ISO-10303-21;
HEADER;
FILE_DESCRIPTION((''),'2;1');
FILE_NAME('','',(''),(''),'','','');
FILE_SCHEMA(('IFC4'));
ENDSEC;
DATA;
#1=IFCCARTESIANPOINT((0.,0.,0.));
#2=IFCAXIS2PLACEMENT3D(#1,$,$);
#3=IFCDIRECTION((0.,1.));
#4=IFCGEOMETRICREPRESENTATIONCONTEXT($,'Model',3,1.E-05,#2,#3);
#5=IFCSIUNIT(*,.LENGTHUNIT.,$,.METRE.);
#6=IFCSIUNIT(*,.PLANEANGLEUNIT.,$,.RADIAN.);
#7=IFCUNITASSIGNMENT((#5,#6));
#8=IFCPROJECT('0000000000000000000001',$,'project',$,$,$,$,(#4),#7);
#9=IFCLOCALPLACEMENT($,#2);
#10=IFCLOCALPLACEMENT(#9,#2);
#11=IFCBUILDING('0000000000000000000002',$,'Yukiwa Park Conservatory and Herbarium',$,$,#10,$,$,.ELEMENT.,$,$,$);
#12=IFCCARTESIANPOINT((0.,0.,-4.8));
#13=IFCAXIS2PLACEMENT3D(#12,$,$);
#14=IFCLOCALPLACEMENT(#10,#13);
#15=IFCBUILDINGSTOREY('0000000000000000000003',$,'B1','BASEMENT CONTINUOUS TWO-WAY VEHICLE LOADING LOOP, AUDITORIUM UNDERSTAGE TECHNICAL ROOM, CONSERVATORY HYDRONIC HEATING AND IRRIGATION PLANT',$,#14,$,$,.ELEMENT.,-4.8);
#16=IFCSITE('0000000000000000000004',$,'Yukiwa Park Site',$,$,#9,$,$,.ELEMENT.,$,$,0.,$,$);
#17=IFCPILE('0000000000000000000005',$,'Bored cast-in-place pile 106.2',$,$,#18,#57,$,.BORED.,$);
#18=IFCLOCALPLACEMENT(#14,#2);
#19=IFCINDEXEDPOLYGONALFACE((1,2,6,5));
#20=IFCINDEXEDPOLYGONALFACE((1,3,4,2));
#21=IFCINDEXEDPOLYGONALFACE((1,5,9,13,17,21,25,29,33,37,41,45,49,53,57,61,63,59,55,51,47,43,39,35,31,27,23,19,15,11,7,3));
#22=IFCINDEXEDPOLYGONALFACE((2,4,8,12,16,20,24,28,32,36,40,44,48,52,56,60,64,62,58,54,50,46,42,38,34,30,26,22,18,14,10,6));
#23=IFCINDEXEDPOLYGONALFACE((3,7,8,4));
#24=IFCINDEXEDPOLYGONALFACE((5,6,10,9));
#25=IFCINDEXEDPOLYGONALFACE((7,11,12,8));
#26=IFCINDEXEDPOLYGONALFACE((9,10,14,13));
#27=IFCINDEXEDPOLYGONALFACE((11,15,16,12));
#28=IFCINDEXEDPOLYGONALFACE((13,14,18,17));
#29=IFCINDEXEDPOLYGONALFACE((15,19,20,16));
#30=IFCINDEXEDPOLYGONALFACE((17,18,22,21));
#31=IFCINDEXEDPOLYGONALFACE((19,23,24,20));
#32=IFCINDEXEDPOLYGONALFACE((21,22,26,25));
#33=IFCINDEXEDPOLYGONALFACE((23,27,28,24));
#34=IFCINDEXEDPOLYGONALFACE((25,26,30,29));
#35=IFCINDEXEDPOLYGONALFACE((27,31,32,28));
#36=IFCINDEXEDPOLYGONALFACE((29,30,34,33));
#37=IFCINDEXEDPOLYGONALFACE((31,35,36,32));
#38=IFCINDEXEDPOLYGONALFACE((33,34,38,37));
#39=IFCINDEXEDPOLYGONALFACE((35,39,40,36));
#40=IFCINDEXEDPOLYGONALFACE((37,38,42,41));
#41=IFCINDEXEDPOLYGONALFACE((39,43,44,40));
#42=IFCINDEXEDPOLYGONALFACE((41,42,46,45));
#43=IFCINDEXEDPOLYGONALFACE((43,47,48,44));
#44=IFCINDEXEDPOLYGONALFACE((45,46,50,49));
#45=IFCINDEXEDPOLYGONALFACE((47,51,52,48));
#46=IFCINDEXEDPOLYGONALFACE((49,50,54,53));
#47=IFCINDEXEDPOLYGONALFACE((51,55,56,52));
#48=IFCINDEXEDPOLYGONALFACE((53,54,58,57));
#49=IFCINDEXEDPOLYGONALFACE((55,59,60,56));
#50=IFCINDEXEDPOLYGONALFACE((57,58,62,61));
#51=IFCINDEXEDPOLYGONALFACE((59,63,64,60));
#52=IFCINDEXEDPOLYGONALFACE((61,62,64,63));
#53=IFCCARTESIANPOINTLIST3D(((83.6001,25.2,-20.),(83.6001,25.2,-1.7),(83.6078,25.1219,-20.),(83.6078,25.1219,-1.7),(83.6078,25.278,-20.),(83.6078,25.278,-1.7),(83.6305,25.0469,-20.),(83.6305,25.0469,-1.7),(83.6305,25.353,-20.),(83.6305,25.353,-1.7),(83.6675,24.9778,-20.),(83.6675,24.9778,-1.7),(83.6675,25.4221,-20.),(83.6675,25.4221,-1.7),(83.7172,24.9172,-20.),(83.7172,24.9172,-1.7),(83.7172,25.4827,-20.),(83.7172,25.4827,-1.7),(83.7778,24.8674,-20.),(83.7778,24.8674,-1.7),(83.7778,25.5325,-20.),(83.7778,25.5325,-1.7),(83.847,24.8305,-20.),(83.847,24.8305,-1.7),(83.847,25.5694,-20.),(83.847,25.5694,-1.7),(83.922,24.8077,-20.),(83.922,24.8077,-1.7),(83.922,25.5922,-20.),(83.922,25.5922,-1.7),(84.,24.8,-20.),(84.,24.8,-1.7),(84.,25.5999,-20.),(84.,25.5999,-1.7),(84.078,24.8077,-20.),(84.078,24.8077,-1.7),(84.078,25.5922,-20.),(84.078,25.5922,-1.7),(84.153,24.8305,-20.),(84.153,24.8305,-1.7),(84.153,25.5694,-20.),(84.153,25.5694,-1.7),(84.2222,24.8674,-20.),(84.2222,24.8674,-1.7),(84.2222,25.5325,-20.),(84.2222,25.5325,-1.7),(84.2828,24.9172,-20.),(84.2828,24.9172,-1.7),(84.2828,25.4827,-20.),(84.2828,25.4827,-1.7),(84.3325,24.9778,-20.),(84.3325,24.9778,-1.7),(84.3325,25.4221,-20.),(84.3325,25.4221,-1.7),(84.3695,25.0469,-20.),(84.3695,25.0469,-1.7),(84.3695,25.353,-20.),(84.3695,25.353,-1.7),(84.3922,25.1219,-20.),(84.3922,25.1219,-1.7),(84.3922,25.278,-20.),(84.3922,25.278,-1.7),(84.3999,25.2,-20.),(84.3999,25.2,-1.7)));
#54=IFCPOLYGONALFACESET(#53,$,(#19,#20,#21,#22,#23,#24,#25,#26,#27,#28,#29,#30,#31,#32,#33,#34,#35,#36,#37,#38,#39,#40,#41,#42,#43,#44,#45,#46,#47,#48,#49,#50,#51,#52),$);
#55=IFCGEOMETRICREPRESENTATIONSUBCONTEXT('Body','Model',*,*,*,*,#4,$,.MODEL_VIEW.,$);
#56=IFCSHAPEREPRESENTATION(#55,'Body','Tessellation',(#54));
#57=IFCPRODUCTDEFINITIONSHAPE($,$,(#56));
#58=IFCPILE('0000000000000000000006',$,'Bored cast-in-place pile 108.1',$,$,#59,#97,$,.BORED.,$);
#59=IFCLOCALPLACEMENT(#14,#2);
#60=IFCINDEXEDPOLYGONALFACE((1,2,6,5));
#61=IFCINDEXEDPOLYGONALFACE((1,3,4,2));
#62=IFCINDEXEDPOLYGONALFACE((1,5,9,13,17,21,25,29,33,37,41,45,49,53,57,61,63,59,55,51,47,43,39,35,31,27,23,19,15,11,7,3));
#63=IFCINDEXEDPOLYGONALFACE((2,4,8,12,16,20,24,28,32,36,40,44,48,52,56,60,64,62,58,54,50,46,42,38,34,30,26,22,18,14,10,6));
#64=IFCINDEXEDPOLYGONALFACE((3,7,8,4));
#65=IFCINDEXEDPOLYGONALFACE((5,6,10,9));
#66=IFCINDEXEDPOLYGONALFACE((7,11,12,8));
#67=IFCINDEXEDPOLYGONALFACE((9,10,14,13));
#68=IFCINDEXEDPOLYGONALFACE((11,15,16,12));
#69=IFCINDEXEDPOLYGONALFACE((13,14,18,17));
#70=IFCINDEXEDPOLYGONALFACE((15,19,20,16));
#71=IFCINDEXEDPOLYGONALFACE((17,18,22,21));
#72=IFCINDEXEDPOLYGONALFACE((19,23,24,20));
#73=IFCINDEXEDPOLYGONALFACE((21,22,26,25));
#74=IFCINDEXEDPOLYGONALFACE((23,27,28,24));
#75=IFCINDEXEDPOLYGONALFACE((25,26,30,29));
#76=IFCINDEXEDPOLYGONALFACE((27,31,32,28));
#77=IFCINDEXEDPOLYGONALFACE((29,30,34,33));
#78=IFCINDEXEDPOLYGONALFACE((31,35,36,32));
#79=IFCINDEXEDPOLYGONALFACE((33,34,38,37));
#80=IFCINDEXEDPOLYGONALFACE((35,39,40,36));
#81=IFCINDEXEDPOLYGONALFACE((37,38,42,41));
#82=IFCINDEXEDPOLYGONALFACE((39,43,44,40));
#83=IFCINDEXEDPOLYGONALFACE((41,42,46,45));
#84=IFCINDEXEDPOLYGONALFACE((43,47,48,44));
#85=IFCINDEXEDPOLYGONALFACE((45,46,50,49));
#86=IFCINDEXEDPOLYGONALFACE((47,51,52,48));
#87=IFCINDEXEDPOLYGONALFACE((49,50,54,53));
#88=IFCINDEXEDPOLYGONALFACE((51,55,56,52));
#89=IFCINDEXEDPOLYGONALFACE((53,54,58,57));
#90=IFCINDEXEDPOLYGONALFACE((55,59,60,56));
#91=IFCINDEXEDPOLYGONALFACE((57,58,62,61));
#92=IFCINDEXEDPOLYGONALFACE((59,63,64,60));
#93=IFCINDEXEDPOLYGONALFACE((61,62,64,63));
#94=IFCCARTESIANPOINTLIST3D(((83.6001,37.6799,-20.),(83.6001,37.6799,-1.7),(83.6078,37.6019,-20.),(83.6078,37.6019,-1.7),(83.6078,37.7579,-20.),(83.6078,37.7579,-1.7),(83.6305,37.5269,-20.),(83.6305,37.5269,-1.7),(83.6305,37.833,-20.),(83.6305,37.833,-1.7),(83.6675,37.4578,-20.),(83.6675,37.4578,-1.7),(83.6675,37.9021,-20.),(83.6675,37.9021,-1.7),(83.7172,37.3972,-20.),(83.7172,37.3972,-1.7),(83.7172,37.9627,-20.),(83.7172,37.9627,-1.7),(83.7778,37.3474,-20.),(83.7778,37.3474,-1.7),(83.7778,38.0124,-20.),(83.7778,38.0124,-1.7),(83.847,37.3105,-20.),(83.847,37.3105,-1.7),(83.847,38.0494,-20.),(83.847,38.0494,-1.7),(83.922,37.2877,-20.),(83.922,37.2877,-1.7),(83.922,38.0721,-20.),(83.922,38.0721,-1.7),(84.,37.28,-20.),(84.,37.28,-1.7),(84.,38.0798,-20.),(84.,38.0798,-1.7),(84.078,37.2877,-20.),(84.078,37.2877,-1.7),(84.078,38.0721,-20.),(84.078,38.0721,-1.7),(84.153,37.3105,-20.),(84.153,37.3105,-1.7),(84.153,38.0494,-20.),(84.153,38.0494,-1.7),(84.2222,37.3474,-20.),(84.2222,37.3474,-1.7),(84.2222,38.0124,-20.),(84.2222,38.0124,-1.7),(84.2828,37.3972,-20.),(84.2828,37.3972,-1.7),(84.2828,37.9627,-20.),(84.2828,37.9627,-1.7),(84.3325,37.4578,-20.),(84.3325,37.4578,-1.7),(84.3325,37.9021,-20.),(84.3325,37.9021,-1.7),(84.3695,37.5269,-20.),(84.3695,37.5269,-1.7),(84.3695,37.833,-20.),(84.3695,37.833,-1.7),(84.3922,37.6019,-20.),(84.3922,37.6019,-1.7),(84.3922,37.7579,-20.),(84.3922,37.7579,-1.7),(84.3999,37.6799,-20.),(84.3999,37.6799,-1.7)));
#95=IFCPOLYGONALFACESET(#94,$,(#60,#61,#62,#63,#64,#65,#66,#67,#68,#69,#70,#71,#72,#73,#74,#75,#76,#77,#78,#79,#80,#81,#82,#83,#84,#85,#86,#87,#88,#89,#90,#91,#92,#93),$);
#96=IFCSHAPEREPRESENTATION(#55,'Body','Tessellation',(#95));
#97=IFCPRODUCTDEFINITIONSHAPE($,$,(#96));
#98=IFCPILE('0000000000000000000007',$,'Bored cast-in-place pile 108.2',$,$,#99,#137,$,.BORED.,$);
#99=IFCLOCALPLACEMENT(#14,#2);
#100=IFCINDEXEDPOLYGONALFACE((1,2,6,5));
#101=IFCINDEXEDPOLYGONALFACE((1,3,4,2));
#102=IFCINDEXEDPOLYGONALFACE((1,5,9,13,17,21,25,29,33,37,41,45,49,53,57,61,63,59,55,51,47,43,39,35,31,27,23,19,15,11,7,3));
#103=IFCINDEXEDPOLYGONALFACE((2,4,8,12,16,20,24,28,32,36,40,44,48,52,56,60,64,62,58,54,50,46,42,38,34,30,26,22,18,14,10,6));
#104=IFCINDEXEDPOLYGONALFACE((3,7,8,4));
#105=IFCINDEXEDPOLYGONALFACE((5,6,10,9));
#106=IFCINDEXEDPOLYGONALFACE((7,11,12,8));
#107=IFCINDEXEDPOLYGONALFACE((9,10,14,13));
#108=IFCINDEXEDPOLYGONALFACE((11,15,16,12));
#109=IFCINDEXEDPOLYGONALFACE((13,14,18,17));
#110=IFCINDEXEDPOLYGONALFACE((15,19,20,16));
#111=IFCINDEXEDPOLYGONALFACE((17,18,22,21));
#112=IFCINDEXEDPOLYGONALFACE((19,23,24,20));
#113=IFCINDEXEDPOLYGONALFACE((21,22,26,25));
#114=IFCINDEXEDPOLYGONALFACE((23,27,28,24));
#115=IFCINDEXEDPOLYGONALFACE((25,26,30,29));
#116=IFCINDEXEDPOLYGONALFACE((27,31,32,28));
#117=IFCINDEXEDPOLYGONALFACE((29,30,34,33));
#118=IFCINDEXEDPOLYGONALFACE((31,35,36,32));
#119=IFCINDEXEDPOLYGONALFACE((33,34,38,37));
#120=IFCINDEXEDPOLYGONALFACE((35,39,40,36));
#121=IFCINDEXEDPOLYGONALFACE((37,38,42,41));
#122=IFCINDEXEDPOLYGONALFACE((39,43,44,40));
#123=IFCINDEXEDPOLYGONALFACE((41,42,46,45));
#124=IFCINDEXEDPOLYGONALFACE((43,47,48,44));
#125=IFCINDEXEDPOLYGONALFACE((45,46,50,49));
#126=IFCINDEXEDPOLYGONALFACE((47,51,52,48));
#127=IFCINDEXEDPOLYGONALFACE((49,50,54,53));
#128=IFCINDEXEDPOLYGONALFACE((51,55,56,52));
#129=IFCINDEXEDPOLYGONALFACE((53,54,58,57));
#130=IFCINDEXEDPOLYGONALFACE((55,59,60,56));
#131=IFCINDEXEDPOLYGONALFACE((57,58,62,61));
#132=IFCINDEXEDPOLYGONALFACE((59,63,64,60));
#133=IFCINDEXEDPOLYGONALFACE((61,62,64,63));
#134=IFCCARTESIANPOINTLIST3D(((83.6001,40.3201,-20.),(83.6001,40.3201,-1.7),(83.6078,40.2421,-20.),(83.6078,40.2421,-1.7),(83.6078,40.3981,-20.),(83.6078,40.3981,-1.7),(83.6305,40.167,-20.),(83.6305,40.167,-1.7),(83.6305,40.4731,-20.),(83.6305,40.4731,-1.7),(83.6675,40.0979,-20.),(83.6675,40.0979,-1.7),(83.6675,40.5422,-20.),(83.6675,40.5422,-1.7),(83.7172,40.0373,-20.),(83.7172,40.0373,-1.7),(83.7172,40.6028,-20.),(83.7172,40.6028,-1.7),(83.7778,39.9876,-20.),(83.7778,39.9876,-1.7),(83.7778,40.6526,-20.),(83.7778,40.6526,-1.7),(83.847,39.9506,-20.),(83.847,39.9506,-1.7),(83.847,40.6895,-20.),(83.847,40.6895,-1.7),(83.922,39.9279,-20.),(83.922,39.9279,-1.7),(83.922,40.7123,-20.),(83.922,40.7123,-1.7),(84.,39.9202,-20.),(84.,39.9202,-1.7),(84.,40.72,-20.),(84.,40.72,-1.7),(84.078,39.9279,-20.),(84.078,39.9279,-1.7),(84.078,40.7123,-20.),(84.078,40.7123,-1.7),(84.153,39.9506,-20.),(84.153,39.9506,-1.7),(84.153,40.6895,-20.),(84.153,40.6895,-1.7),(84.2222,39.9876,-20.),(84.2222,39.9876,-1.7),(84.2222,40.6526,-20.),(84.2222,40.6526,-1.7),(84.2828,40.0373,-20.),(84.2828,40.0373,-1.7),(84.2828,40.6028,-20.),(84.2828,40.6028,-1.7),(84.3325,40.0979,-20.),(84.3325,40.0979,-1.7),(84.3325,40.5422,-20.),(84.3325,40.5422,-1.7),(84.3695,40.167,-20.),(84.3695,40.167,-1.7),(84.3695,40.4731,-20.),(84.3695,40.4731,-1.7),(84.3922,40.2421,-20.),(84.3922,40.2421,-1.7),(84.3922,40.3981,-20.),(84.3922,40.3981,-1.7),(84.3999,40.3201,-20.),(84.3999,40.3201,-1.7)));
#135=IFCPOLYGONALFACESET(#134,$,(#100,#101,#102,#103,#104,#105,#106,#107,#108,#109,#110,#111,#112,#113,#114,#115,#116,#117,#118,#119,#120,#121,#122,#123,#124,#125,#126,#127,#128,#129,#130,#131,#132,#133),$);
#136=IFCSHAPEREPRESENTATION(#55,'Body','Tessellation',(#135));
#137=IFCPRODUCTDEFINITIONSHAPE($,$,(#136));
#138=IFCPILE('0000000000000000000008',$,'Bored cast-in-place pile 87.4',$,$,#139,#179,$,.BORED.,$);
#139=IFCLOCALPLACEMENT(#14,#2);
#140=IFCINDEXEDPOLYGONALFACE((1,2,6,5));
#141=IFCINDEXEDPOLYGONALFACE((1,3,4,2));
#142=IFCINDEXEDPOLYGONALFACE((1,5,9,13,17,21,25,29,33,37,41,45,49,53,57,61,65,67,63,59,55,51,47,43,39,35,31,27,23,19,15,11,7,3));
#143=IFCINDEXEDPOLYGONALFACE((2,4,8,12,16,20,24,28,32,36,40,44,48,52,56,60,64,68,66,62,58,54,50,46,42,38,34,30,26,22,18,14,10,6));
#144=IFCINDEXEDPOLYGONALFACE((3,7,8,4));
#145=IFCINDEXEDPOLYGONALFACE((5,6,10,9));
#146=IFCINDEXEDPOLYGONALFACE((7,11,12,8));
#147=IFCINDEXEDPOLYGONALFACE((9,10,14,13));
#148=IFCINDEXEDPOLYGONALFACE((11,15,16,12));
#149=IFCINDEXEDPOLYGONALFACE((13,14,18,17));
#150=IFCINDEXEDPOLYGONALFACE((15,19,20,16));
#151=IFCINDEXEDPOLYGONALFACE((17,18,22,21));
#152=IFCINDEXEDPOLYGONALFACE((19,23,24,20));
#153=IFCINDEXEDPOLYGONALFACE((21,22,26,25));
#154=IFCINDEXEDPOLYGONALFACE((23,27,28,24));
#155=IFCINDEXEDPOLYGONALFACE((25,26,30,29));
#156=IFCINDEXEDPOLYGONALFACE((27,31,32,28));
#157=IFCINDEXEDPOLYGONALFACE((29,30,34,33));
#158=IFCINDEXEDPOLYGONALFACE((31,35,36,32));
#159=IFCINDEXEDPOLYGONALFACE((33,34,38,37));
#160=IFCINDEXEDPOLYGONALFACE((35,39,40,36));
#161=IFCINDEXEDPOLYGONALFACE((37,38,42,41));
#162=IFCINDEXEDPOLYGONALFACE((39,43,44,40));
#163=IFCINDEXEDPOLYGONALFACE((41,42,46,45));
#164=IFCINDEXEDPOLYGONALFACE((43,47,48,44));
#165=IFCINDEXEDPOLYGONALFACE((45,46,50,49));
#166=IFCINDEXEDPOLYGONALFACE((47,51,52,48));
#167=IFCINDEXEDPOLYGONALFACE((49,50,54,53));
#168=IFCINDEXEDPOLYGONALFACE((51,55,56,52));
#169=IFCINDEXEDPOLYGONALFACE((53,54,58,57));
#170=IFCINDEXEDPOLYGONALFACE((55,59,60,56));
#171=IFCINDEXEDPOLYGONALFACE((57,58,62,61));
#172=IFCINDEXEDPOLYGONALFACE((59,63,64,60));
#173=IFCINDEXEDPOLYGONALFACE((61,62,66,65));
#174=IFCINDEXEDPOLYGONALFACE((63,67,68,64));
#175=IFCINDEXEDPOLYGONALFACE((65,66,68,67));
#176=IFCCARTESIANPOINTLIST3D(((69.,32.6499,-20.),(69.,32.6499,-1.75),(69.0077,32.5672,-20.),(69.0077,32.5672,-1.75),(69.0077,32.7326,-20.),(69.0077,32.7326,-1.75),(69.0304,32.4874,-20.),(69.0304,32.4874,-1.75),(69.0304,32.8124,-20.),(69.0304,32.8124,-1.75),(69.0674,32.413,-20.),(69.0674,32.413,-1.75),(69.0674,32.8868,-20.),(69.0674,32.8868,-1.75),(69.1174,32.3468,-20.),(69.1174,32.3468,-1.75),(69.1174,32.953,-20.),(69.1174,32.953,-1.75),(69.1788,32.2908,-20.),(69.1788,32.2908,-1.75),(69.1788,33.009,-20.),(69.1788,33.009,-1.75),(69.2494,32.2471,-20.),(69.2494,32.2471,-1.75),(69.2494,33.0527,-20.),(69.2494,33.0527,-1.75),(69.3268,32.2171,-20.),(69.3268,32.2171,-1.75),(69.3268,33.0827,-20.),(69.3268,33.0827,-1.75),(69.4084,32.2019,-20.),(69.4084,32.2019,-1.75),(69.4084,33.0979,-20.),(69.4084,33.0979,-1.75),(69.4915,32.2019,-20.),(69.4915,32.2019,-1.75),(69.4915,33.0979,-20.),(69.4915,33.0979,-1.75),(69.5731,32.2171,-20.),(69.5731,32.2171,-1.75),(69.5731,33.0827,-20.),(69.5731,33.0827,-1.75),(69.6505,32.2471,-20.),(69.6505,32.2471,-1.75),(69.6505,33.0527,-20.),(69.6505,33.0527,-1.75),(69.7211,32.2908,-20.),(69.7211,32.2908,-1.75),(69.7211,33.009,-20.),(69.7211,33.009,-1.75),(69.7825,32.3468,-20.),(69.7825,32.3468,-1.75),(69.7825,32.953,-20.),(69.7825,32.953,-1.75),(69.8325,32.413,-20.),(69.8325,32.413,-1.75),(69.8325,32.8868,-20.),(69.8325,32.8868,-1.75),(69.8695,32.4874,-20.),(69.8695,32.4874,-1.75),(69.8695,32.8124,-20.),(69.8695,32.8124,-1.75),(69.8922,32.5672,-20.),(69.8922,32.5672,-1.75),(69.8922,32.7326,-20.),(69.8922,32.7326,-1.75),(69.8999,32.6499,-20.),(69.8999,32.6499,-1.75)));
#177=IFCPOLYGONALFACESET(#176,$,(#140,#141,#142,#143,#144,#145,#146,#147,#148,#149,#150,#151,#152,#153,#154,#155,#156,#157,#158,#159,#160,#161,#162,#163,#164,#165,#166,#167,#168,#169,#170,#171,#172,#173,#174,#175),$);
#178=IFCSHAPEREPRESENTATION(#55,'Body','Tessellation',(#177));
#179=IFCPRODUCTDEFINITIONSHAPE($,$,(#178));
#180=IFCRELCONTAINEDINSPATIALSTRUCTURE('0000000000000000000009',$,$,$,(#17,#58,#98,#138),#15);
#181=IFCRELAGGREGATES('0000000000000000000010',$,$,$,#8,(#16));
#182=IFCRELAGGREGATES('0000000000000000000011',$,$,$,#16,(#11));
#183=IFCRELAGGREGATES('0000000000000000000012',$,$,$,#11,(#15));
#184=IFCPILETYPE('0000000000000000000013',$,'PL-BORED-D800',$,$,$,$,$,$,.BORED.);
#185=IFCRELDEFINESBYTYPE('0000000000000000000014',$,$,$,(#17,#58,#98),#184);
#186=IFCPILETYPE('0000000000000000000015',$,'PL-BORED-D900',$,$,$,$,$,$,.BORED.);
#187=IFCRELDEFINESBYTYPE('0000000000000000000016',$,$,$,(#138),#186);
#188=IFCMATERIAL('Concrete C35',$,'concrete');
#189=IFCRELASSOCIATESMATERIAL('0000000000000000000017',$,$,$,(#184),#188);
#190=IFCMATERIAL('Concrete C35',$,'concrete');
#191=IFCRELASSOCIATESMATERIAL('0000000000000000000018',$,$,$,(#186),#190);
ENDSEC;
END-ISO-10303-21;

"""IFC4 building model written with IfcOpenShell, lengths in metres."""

from ifc_helpers import new_model, si_unit, direction, frame, origin, origin_2d, place, context, subcontext, project, spatial, circle, extrude, material, material_profile, profile_set, type_object, element, save


model = new_model("IFC4")

# Units and contexts
model_context = context("Model", 3, precision=1e-05, world=origin(), true_north=direction((0.0, 1.0)))
body_context = subcontext(model_context, "Body", "Model", "MODEL_VIEW")
ifc_project = project(units=[si_unit("LENGTHUNIT", "METRE"), si_unit("PLANEANGLEUNIT", "RADIAN")], contexts=[model_context])

# Site, building, storey
site_placement = place(None, origin())
site = spatial("IfcSite", under=ifc_project, at=site_placement, Name="Yukiwa Park Site", CompositionType="ELEMENT", RefElevation=0.0)
building_placement = place(site_placement, origin())
building = spatial("IfcBuilding", under=site, at=building_placement, Name="Yukiwa Park Conservatory and Herbarium", CompositionType="ELEMENT")
storey_placement = place(building_placement, frame((0.0, 0.0, -4.8)))
storey = spatial("IfcBuildingStorey", under=building, at=storey_placement, Name="B1", Description="BASEMENT CONTINUOUS TWO-WAY VEHICLE LOADING LOOP, AUDITORIUM UNDERSTAGE TECHNICAL ROOM, CONSERVATORY HYDRONIC HEATING AND IRRIGATION PLANT", CompositionType="ELEMENT", Elevation=-4.8)

# Piles
ifc_material_1 = material(Name="Concrete C35", Category="concrete")
ifc_material_profile_1 = material_profile(ifc_material_1, circle(Radius=0.3999, at=origin_2d()), Name="PILE D800")
ifc_profile_set_1 = profile_set([ifc_material_profile_1], Name="Concrete C35")
pile_type_1 = type_object("IfcPileType", Name="PL-BORED-D800", PredefinedType="BORED", material=ifc_profile_set_1)
for number, where, z_axis, x_axis, name in (
    (1, (84.0, 25.2, -1.7), (0.0, 0.0, -1.0), (1.0, 0.0, 0.0), "Bored cast-in-place pile 106.2"),
    (2, (84.0, 37.6799, -1.7), (0.0, 0.0, -1.0), (1.0, 0.0, 0.0), "Bored cast-in-place pile 108.1"),
    (3, (84.0, 40.3201, -1.7), (0.0, 0.0, -1.0), (1.0, 0.0, 0.0), "Bored cast-in-place pile 108.2"),
):
    element("IfcPile", number, at=place(storey_placement, frame(where, z_axis=z_axis, x_axis=x_axis)), inside=storey, type_object=pile_type_1, Name=name, PredefinedType="BORED", context=body_context, shape_type="SweptSolid", body=[
        extrude(circle(Radius=0.3999, at=origin_2d()), origin(), (0.0, 0.0, 1.0), 18.3),
    ])
ifc_material_2 = material(Name="Concrete C35", Category="concrete")
ifc_material_profile_2 = material_profile(ifc_material_2, circle(Radius=0.45, at=origin_2d()), Name="PILE D900")
ifc_profile_set_2 = profile_set([ifc_material_profile_2], Name="Concrete C35")
pile_type_2 = type_object("IfcPileType", Name="PL-BORED-D900", PredefinedType="BORED", material=ifc_profile_set_2)
for number, where, z_axis, x_axis, name in (
    (4, (69.45, 32.6499, -1.75), (0.0, 0.0, -1.0), (1.0, 0.0, 0.0), "Bored cast-in-place pile 87.4"),
):
    element("IfcPile", number, at=place(storey_placement, frame(where, z_axis=z_axis, x_axis=x_axis)), inside=storey, type_object=pile_type_2, Name=name, PredefinedType="BORED", context=body_context, shape_type="SweptSolid", body=[
        extrude(circle(Radius=0.45, at=origin_2d()), origin(), (0.0, 0.0, 1.0), 18.25),
    ])

save(model, "model.ifc")
